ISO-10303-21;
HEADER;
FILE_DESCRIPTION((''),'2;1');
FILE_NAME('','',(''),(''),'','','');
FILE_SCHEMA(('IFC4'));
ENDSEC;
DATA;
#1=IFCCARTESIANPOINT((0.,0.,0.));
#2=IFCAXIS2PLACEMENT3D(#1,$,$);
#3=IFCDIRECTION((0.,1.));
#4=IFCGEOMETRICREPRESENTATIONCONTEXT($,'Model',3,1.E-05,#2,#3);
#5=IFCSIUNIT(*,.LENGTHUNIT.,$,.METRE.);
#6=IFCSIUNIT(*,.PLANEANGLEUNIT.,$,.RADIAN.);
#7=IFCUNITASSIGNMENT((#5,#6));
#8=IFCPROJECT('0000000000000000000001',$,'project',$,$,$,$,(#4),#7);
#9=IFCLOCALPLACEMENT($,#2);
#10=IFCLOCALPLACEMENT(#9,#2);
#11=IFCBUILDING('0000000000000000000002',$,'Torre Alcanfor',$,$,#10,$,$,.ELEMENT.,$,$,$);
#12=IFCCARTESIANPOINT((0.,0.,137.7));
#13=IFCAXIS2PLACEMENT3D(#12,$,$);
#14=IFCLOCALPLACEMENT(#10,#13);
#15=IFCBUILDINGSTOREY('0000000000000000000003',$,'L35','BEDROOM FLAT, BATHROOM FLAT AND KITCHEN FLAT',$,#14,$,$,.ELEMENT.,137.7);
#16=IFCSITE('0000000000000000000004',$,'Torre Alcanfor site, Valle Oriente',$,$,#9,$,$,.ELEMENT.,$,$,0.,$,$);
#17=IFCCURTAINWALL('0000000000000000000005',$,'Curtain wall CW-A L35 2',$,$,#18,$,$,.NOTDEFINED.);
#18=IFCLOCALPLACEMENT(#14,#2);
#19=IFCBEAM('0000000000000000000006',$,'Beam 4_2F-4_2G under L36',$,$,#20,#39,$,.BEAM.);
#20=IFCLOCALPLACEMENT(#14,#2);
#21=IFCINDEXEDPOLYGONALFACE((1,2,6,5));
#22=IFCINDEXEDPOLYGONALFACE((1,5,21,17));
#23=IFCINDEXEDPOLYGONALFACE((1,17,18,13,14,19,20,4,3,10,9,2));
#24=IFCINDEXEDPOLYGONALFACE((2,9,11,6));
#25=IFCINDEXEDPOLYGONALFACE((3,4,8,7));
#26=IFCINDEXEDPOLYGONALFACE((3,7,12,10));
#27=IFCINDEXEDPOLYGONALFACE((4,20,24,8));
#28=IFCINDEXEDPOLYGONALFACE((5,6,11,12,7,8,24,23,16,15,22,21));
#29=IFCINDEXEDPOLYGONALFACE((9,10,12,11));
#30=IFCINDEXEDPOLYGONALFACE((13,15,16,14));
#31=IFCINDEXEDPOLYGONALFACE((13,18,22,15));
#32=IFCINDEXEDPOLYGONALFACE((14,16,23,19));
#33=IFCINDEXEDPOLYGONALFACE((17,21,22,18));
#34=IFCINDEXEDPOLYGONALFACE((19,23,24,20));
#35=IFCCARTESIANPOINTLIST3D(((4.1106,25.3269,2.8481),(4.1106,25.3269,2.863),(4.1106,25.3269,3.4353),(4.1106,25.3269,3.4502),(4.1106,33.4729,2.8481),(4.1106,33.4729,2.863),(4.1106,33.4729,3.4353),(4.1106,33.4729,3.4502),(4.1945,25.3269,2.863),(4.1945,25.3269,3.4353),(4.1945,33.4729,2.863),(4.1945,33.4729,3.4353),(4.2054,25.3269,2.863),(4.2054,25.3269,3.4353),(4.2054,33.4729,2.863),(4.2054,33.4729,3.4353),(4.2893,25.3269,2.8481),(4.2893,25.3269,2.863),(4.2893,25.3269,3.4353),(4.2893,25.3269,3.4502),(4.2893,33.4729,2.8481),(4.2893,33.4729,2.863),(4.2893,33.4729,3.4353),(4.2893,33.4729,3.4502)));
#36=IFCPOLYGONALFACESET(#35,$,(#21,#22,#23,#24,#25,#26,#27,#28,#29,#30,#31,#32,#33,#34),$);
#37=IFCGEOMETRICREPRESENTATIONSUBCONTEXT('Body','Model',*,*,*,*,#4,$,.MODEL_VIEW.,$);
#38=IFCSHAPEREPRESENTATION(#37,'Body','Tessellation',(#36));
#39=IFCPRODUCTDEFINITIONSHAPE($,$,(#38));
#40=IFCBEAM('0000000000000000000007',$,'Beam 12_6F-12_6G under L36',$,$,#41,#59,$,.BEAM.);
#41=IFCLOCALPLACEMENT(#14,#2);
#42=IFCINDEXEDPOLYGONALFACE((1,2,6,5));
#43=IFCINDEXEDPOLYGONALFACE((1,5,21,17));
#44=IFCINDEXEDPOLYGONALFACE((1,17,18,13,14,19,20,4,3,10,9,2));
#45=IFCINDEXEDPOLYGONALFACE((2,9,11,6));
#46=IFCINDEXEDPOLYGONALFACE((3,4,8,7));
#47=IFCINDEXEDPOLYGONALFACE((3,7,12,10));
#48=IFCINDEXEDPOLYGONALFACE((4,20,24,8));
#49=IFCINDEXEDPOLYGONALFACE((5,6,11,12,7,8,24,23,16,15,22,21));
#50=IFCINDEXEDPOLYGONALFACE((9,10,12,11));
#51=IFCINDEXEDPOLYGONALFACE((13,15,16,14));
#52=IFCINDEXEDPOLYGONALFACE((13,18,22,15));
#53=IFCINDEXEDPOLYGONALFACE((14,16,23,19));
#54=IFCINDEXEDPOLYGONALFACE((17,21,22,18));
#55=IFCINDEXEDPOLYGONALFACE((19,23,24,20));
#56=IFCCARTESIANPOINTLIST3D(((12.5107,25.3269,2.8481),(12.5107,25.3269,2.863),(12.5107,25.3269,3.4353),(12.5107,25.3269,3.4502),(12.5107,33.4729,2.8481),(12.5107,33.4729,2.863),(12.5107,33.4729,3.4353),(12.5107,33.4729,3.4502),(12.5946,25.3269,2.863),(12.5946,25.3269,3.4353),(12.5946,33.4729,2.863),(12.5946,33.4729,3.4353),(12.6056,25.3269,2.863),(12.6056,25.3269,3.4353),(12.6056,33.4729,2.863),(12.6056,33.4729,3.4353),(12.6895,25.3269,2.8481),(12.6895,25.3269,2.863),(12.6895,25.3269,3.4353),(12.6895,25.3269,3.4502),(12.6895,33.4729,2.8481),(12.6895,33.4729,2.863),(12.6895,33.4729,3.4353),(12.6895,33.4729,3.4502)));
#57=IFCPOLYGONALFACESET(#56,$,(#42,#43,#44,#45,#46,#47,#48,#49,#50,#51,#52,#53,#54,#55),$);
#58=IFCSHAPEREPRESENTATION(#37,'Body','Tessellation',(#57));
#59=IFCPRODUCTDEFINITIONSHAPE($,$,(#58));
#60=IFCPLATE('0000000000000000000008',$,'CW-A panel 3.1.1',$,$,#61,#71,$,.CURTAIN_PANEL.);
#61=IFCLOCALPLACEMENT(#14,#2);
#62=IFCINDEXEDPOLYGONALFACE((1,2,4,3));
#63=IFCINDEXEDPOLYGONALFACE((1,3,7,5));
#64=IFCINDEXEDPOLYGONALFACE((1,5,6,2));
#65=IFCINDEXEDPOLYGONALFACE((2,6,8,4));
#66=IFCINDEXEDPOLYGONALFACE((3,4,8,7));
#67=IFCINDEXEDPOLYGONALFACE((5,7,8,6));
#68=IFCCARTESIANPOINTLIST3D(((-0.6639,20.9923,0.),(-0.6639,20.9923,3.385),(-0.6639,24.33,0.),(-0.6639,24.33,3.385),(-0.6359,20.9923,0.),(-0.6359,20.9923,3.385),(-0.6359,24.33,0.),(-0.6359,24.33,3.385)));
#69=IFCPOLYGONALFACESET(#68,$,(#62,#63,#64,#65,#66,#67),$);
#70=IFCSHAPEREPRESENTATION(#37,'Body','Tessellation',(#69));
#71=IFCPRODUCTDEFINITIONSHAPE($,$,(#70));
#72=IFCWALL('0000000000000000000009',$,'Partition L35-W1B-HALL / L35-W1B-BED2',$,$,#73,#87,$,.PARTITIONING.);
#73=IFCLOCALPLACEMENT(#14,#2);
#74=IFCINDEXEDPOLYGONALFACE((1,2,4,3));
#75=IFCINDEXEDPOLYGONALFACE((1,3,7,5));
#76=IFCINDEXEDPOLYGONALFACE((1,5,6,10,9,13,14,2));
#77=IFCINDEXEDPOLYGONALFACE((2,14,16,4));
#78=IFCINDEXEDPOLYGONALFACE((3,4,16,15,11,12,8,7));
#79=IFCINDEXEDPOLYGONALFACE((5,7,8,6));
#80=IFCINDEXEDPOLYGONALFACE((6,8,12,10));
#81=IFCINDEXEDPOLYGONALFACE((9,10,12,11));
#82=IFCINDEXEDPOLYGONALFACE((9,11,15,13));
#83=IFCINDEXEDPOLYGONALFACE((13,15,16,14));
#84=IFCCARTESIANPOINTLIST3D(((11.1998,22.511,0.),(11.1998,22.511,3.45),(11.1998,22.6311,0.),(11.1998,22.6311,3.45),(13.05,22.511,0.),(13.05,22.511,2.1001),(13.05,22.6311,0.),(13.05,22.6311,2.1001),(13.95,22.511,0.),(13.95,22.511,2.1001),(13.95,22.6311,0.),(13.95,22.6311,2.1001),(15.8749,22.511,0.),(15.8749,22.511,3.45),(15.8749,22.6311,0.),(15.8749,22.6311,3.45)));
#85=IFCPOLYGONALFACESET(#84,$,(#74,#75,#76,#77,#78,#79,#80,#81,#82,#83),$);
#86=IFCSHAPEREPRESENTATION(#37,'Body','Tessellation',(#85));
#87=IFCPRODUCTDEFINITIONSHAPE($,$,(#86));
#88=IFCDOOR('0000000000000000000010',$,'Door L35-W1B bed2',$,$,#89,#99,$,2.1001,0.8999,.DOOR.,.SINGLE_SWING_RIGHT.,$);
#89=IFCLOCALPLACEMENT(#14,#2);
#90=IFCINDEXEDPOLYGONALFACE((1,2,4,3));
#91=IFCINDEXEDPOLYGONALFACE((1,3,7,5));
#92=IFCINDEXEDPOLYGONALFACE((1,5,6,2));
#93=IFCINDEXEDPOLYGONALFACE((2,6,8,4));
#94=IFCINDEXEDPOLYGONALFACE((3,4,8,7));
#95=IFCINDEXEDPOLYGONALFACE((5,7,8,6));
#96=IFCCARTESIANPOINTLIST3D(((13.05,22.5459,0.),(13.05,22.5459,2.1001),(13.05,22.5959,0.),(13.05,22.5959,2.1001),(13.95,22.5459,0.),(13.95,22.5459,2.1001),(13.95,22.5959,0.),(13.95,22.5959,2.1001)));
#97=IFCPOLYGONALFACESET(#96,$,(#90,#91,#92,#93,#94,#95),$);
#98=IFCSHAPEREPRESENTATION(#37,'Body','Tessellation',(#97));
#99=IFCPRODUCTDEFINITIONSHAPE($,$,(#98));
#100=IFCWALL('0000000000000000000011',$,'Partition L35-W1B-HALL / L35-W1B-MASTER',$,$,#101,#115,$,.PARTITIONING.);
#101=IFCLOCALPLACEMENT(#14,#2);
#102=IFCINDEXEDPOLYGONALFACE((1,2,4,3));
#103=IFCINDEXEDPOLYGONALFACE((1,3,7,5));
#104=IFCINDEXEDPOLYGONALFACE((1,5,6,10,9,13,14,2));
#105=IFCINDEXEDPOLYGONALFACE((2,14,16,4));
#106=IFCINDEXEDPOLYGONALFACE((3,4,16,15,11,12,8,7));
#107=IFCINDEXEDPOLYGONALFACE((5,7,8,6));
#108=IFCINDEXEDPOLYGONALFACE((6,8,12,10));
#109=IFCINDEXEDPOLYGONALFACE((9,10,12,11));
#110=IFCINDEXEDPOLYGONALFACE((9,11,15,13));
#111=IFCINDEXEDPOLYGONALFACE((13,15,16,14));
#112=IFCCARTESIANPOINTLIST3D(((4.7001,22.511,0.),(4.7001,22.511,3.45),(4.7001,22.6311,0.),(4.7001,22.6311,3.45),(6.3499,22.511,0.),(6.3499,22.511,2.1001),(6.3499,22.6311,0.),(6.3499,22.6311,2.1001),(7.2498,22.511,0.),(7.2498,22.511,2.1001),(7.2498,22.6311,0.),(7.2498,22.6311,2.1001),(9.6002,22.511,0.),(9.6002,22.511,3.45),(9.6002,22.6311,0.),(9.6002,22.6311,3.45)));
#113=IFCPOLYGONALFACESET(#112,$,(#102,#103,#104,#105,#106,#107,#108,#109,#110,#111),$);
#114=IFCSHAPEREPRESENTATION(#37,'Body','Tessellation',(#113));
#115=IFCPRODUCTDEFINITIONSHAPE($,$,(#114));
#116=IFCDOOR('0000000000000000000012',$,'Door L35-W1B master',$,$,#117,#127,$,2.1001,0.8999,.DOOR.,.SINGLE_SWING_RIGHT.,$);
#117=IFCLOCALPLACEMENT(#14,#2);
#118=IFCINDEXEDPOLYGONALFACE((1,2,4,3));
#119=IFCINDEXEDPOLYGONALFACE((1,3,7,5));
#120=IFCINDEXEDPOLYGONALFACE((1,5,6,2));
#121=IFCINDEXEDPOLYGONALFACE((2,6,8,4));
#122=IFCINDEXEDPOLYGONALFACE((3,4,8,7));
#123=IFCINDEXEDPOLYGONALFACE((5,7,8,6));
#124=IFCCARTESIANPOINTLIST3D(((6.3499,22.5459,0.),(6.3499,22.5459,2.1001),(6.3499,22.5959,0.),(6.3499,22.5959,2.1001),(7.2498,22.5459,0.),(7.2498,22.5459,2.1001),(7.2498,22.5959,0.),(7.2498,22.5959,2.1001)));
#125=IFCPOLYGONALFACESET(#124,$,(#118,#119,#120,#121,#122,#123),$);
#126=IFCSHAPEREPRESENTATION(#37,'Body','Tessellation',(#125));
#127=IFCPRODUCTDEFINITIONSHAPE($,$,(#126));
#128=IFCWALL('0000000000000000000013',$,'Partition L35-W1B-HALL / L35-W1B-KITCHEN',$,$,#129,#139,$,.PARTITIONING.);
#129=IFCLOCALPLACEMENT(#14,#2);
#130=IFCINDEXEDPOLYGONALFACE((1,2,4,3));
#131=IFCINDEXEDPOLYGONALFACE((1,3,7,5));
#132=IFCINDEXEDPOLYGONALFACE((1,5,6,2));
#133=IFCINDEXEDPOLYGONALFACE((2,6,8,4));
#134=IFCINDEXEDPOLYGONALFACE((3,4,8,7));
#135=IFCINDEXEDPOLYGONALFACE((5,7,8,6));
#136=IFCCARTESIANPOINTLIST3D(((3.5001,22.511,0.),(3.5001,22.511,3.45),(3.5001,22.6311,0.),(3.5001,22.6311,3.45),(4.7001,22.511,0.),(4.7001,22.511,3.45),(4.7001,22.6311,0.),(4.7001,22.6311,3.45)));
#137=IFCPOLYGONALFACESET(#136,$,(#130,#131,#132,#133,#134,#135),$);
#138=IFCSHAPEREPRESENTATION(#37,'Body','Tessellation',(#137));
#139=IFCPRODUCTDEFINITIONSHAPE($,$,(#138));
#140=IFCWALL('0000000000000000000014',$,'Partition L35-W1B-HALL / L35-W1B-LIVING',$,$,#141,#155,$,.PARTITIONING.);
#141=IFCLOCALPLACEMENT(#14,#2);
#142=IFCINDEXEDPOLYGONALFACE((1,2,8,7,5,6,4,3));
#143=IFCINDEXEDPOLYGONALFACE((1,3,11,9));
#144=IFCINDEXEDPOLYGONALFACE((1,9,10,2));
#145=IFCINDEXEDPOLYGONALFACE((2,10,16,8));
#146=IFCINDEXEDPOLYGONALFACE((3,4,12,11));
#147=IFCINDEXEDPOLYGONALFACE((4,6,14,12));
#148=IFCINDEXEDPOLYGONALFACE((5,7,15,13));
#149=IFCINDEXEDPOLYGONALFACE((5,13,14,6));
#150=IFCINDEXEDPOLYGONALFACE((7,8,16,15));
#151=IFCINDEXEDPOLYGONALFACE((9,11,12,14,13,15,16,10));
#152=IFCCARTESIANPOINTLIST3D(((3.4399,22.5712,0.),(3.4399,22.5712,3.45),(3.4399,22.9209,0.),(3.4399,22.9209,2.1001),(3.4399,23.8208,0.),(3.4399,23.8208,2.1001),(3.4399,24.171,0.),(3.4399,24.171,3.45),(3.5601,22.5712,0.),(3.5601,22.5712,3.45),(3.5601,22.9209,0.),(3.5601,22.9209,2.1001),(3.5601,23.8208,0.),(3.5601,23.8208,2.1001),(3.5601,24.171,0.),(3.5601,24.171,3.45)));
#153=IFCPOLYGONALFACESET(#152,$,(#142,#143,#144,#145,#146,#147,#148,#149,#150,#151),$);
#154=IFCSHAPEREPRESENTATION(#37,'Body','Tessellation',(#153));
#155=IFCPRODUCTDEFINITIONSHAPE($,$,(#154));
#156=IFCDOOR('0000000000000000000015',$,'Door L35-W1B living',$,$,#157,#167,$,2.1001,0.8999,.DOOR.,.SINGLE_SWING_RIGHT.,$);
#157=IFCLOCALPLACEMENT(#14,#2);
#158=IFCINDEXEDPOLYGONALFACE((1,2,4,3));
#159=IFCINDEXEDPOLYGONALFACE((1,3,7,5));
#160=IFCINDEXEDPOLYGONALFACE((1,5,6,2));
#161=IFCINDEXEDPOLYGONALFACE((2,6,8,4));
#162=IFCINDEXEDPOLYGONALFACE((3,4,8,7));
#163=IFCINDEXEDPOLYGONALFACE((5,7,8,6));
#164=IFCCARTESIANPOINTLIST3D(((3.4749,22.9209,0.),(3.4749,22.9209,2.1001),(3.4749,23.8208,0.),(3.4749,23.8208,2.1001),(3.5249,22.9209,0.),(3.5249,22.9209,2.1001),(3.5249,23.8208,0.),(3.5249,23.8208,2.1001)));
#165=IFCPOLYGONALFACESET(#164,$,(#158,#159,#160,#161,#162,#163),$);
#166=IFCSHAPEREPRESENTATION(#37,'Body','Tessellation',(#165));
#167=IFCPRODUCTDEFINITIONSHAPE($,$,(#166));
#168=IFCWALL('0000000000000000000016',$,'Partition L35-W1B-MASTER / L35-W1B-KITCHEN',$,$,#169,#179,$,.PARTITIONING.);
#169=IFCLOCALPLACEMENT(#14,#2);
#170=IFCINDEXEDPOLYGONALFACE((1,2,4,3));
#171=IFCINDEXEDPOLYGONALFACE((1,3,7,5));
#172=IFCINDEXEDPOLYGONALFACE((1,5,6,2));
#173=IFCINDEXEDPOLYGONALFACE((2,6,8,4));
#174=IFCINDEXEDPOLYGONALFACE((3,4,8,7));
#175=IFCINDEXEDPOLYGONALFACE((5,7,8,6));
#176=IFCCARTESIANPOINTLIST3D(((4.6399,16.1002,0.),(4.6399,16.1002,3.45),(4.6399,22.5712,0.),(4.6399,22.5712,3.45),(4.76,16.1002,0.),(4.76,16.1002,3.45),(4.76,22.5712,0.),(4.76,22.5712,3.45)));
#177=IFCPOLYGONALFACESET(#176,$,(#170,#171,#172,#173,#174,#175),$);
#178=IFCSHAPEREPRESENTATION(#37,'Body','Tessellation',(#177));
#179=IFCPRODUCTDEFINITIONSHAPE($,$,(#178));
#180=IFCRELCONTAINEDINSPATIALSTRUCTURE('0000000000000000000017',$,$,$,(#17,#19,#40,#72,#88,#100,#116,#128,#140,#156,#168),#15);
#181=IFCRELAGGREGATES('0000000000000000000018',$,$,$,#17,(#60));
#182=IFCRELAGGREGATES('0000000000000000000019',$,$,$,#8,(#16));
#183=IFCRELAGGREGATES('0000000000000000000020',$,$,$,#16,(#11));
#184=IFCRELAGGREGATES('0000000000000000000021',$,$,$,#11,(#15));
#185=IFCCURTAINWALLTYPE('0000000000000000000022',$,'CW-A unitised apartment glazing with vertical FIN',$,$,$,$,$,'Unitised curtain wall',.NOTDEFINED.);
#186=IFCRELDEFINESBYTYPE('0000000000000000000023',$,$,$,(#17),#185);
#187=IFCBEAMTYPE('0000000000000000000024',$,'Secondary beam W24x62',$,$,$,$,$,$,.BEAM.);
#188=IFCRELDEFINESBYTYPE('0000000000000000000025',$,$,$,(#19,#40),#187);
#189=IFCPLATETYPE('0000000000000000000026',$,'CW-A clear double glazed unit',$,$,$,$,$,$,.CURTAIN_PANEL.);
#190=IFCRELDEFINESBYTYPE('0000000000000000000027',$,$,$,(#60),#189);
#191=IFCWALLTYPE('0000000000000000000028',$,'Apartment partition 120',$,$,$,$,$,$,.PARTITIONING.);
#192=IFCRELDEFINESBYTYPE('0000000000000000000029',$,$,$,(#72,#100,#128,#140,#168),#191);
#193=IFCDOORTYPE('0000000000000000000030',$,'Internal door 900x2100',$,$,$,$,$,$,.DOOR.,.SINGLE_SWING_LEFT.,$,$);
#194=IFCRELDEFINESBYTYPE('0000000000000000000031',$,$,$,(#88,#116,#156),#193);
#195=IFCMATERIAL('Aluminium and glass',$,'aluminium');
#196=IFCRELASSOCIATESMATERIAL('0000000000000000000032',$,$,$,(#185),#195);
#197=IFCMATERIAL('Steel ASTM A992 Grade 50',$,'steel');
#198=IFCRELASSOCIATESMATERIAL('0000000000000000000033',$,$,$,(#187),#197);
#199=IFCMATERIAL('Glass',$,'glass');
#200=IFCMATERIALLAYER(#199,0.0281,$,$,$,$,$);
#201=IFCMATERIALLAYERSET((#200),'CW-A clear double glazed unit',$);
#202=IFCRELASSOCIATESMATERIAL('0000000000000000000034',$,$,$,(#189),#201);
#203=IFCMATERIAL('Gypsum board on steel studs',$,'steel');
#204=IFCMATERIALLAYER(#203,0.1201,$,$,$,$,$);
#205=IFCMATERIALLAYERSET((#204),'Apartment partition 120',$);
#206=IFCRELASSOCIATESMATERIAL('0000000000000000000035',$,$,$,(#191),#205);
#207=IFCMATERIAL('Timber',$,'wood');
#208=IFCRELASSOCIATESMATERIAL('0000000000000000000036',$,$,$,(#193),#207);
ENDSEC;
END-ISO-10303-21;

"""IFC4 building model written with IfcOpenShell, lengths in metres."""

from ifc_helpers import new_model, si_unit, direction, frame, frame_2d, origin, origin_2d, place, context, subcontext, project, spatial, rectangle, i_section, extrude, material, layer, layer_set, material_profile, profile_set, type_object, element, fill, aggregate, save


model = new_model("IFC4")

# Units and contexts
model_context = context("Model", 3, precision=1e-05, world=origin(), true_north=direction((0.0, 1.0)))
body_context = subcontext(model_context, "Body", "Model", "MODEL_VIEW")
ifc_project = project(units=[si_unit("LENGTHUNIT", "METRE"), si_unit("PLANEANGLEUNIT", "RADIAN")], contexts=[model_context])

# Site, building, storey
site_placement = place(None, origin())
site = spatial("IfcSite", under=ifc_project, at=site_placement, Name="Torre Alcanfor site, Valle Oriente", CompositionType="ELEMENT", RefElevation=0.0)
building_placement = place(site_placement, origin())
building = spatial("IfcBuilding", under=site, at=building_placement, Name="Torre Alcanfor", CompositionType="ELEMENT")
storey_placement = place(building_placement, frame((0.0, 0.0, 137.7)))
storey = spatial("IfcBuildingStorey", under=building, at=storey_placement, Name="L35", Description="BEDROOM FLAT, BATHROOM FLAT AND KITCHEN FLAT", CompositionType="ELEMENT", Elevation=137.7)

# Curtain wall
ifc_material_1 = material(Name="Aluminium and glass", Category="aluminium")
curtain_wall_type = type_object("IfcCurtainWallType", Name="CW-A unitised apartment glazing with vertical FIN", ElementType="Unitised curtain wall", PredefinedType="NOTDEFINED", material=ifc_material_1)
curtain_wall_placement = place(storey_placement, origin())
curtain_wall = element("IfcCurtainWall", 1, at=curtain_wall_placement, inside=storey, type_object=curtain_wall_type, Name="Curtain wall CW-A L35 2", PredefinedType="NOTDEFINED")

# Beams
ifc_material_2 = material(Name="Steel ASTM A992 Grade 50", Category="steel")
ifc_material_profile_1 = material_profile(ifc_material_2, i_section(OverallWidth=0.1787, OverallDepth=0.6021, WebThickness=0.011, FlangeThickness=0.0149, at=origin_2d()), Name="W24x62")
ifc_profile_set_1 = profile_set([ifc_material_profile_1], Name="Steel ASTM A992 Grade 50")
beam_type_1 = type_object("IfcBeamType", Name="Secondary beam W24x62", PredefinedType="BEAM", material=ifc_profile_set_1)
for number, where, z_axis, x_axis, name in (
    (2, (4.2, 25.3269, 3.1492), (0.0, 1.0, 0.0), (-1.0, 0.0, 0.0), "Beam 4_2F-4_2G under L36"),
    (3, (12.6001, 25.3269, 3.1492), (0.0, 1.0, 0.0), (-1.0, 0.0, 0.0), "Beam 12_6F-12_6G under L36"),
):
    element("IfcBeam", number, at=place(storey_placement, frame(where, z_axis=z_axis, x_axis=x_axis)), inside=storey, type_object=beam_type_1, Name=name, PredefinedType="BEAM", context=body_context, shape_type="SweptSolid", body=[
        extrude(i_section(OverallWidth=0.1787, OverallDepth=0.6021, WebThickness=0.011, FlangeThickness=0.0149, at=origin_2d()), origin(), (0.0, 0.0, 1.0), 8.146),
    ])

# Plate
ifc_material_3 = material(Name="Glass", Category="glass")
ifc_layer_1 = layer(ifc_material_3, 0.0281)
ifc_layer_set_1 = layer_set([ifc_layer_1], Name="CW-A clear double glazed unit")
plate_type = type_object("IfcPlateType", Name="CW-A clear double glazed unit", PredefinedType="CURTAIN_PANEL", material=ifc_layer_set_1)
plate_placement = place(storey_placement, frame((-0.6499, 22.6611, 0.0), z_axis=(0.0, 0.0, 1.0), x_axis=(0.0, -1.0, 0.0)))
plate = element("IfcPlate", 4, at=plate_placement, type_object=plate_type, Name="CW-A panel 3.1.1", PredefinedType="CURTAIN_PANEL", context=body_context, shape_type="SweptSolid", body=[
    extrude(rectangle(XDim=3.3376, YDim=0.0281, at=origin_2d()), origin(), (0.0, 0.0, 1.0), 3.385),
])
aggregate(curtain_wall, [plate])

# Walls, openings, doors
ifc_material_4 = material(Name="Gypsum board on steel studs", Category="steel")
ifc_layer_2 = layer(ifc_material_4, 0.1201)
ifc_layer_set_2 = layer_set([ifc_layer_2], Name="Apartment partition 120")
wall_type_1 = type_object("IfcWallType", Name="Apartment partition 120", PredefinedType="PARTITIONING", material=ifc_layer_set_2)
wall_1_placement = place(storey_placement, frame((11.2, 22.571, 0.0), z_axis=(0.0, 0.0, 1.0), x_axis=(1.0, 0.0, 0.0)))
wall_1 = element("IfcWall", 5, at=wall_1_placement, inside=storey, type_object=wall_type_1, Name="Partition L35-W1B-HALL / L35-W1B-BED2", PredefinedType="PARTITIONING", context=body_context, shape_type="SweptSolid", body=[
    extrude(rectangle(XDim=4.675, YDim=0.1201, at=frame_2d((2.3374, 0.0))), origin(), (0.0, 0.0, 1.0), 3.45),
])
opening_1_placement = place(wall_1_placement, frame((1.8501, 0.0, 0.0)))
opening_1 = element("IfcOpeningElement", 6, at=opening_1_placement, cuts=wall_1, PredefinedType="OPENING", context=body_context, shape_type="SweptSolid", body=[
    extrude(rectangle(XDim=0.8999, YDim=2.1001, at=frame_2d((0.45, 1.05))), frame((0.0, 0.0701, 0.0), z_axis=(0.0, -1.0, 0.0), x_axis=(1.0, 0.0, 0.0)), (0.0, 0.0, 1.0), 0.1401),
])
ifc_material_5 = material(Name="Timber", Category="wood")
door_type_1 = type_object("IfcDoorType", Name="Internal door 900x2100", OperationType="SINGLE_SWING_LEFT", PredefinedType="DOOR", material=ifc_material_5)
door_1_placement = place(opening_1_placement, frame((0.8999, 0.0, 0.0), z_axis=(0.0, 0.0, 1.0), x_axis=(-1.0, 0.0, 0.0)))
door_1 = element("IfcDoor", 7, at=door_1_placement, inside=storey, type_object=door_type_1, Name="Door L35-W1B bed2", OperationType="SINGLE_SWING_RIGHT", OverallHeight=2.1001, OverallWidth=0.8999, PredefinedType="DOOR", context=body_context, shape_type="SweptSolid", body=[
    extrude(rectangle(XDim=0.8999, YDim=2.1001, at=frame_2d((0.45, 1.05))), frame((0.0, 0.0251, 0.0), z_axis=(0.0, -1.0, 0.0), x_axis=(1.0, 0.0, 0.0)), (0.0, 0.0, 1.0), 0.05),
])
fill(opening_1, door_1)
wall_2_placement = place(storey_placement, frame((4.7, 22.571, 0.0), z_axis=(0.0, 0.0, 1.0), x_axis=(1.0, 0.0, 0.0)))
wall_2 = element("IfcWall", 8, at=wall_2_placement, inside=storey, type_object=wall_type_1, Name="Partition L35-W1B-HALL / L35-W1B-MASTER", PredefinedType="PARTITIONING", context=body_context, shape_type="SweptSolid", body=[
    extrude(rectangle(XDim=4.9001, YDim=0.1201, at=frame_2d((2.4502, 0.0))), origin(), (0.0, 0.0, 1.0), 3.45),
])
opening_2_placement = place(wall_2_placement, frame((1.6499, 0.0, 0.0)))
opening_2 = element("IfcOpeningElement", 9, at=opening_2_placement, cuts=wall_2, PredefinedType="OPENING", context=body_context, shape_type="SweptSolid", body=[
    extrude(rectangle(XDim=0.8999, YDim=2.1001, at=frame_2d((0.45, 1.05))), frame((0.0, 0.0701, 0.0), z_axis=(0.0, -1.0, 0.0), x_axis=(1.0, 0.0, 0.0)), (0.0, 0.0, 1.0), 0.1401),
])
door_2_placement = place(opening_2_placement, frame((0.8999, 0.0, 0.0), z_axis=(0.0, 0.0, 1.0), x_axis=(-1.0, 0.0, 0.0)))
door_2 = element("IfcDoor", 10, at=door_2_placement, inside=storey, type_object=door_type_1, Name="Door L35-W1B master", OperationType="SINGLE_SWING_RIGHT", OverallHeight=2.1001, OverallWidth=0.8999, PredefinedType="DOOR", context=body_context, shape_type="SweptSolid", body=[
    extrude(rectangle(XDim=0.8999, YDim=2.1001, at=frame_2d((0.45, 1.05))), frame((0.0, 0.0251, 0.0), z_axis=(0.0, -1.0, 0.0), x_axis=(1.0, 0.0, 0.0)), (0.0, 0.0, 1.0), 0.05),
])
fill(opening_2, door_2)

# Wall
wall_3_placement = place(storey_placement, frame((3.5, 22.571, 0.0), z_axis=(0.0, 0.0, 1.0), x_axis=(1.0, 0.0, 0.0)))
element("IfcWall", 11, at=wall_3_placement, inside=storey, type_object=wall_type_1, Name="Partition L35-W1B-HALL / L35-W1B-KITCHEN", PredefinedType="PARTITIONING", context=body_context, shape_type="SweptSolid", body=[
    extrude(rectangle(XDim=1.2, YDim=0.1201, at=frame_2d((0.6001, 0.0))), origin(), (0.0, 0.0, 1.0), 3.45),
])

# Wall, opening, door
wall_4_placement = place(storey_placement, frame((3.5, 24.1709, 0.0), z_axis=(0.0, 0.0, 1.0), x_axis=(0.0, -1.0, 0.0)))
wall_4 = element("IfcWall", 12, at=wall_4_placement, inside=storey, type_object=wall_type_1, Name="Partition L35-W1B-HALL / L35-W1B-LIVING", PredefinedType="PARTITIONING", context=body_context, shape_type="SweptSolid", body=[
    extrude(rectangle(XDim=1.5999, YDim=0.1201, at=frame_2d((0.7998, 0.0))), origin(), (0.0, 0.0, 1.0), 3.45),
])
opening_3_placement = place(wall_4_placement, frame((0.3501, 0.0, 0.0)))
opening_3 = element("IfcOpeningElement", 13, at=opening_3_placement, cuts=wall_4, PredefinedType="OPENING", context=body_context, shape_type="SweptSolid", body=[
    extrude(rectangle(XDim=0.8999, YDim=2.1001, at=frame_2d((0.45, 1.05))), frame((0.0, 0.0701, 0.0), z_axis=(0.0, -1.0, 0.0), x_axis=(1.0, 0.0, 0.0)), (0.0, 0.0, 1.0), 0.1401),
])
door_3_placement = place(opening_3_placement, frame((0.8999, 0.0, 0.0), z_axis=(0.0, 0.0, 1.0), x_axis=(-1.0, 0.0, 0.0)))
door_3 = element("IfcDoor", 14, at=door_3_placement, inside=storey, type_object=door_type_1, Name="Door L35-W1B living", OperationType="SINGLE_SWING_RIGHT", OverallHeight=2.1001, OverallWidth=0.8999, PredefinedType="DOOR", context=body_context, shape_type="SweptSolid", body=[
    extrude(rectangle(XDim=0.8999, YDim=2.1001, at=frame_2d((0.45, 1.05))), frame((0.0, 0.0251, 0.0), z_axis=(0.0, -1.0, 0.0), x_axis=(1.0, 0.0, 0.0)), (0.0, 0.0, 1.0), 0.05),
])
fill(opening_3, door_3)

# Wall
wall_5_placement = place(storey_placement, frame((4.7, 22.571, 0.0), z_axis=(0.0, 0.0, 1.0), x_axis=(0.0, -1.0, 0.0)))
element("IfcWall", 15, at=wall_5_placement, inside=storey, type_object=wall_type_1, Name="Partition L35-W1B-MASTER / L35-W1B-KITCHEN", PredefinedType="PARTITIONING", context=body_context, shape_type="SweptSolid", body=[
    extrude(rectangle(XDim=6.4709, YDim=0.1201, at=frame_2d((3.2354, 0.0))), origin(), (0.0, 0.0, 1.0), 3.45),
])

save(model, "model.ifc")
